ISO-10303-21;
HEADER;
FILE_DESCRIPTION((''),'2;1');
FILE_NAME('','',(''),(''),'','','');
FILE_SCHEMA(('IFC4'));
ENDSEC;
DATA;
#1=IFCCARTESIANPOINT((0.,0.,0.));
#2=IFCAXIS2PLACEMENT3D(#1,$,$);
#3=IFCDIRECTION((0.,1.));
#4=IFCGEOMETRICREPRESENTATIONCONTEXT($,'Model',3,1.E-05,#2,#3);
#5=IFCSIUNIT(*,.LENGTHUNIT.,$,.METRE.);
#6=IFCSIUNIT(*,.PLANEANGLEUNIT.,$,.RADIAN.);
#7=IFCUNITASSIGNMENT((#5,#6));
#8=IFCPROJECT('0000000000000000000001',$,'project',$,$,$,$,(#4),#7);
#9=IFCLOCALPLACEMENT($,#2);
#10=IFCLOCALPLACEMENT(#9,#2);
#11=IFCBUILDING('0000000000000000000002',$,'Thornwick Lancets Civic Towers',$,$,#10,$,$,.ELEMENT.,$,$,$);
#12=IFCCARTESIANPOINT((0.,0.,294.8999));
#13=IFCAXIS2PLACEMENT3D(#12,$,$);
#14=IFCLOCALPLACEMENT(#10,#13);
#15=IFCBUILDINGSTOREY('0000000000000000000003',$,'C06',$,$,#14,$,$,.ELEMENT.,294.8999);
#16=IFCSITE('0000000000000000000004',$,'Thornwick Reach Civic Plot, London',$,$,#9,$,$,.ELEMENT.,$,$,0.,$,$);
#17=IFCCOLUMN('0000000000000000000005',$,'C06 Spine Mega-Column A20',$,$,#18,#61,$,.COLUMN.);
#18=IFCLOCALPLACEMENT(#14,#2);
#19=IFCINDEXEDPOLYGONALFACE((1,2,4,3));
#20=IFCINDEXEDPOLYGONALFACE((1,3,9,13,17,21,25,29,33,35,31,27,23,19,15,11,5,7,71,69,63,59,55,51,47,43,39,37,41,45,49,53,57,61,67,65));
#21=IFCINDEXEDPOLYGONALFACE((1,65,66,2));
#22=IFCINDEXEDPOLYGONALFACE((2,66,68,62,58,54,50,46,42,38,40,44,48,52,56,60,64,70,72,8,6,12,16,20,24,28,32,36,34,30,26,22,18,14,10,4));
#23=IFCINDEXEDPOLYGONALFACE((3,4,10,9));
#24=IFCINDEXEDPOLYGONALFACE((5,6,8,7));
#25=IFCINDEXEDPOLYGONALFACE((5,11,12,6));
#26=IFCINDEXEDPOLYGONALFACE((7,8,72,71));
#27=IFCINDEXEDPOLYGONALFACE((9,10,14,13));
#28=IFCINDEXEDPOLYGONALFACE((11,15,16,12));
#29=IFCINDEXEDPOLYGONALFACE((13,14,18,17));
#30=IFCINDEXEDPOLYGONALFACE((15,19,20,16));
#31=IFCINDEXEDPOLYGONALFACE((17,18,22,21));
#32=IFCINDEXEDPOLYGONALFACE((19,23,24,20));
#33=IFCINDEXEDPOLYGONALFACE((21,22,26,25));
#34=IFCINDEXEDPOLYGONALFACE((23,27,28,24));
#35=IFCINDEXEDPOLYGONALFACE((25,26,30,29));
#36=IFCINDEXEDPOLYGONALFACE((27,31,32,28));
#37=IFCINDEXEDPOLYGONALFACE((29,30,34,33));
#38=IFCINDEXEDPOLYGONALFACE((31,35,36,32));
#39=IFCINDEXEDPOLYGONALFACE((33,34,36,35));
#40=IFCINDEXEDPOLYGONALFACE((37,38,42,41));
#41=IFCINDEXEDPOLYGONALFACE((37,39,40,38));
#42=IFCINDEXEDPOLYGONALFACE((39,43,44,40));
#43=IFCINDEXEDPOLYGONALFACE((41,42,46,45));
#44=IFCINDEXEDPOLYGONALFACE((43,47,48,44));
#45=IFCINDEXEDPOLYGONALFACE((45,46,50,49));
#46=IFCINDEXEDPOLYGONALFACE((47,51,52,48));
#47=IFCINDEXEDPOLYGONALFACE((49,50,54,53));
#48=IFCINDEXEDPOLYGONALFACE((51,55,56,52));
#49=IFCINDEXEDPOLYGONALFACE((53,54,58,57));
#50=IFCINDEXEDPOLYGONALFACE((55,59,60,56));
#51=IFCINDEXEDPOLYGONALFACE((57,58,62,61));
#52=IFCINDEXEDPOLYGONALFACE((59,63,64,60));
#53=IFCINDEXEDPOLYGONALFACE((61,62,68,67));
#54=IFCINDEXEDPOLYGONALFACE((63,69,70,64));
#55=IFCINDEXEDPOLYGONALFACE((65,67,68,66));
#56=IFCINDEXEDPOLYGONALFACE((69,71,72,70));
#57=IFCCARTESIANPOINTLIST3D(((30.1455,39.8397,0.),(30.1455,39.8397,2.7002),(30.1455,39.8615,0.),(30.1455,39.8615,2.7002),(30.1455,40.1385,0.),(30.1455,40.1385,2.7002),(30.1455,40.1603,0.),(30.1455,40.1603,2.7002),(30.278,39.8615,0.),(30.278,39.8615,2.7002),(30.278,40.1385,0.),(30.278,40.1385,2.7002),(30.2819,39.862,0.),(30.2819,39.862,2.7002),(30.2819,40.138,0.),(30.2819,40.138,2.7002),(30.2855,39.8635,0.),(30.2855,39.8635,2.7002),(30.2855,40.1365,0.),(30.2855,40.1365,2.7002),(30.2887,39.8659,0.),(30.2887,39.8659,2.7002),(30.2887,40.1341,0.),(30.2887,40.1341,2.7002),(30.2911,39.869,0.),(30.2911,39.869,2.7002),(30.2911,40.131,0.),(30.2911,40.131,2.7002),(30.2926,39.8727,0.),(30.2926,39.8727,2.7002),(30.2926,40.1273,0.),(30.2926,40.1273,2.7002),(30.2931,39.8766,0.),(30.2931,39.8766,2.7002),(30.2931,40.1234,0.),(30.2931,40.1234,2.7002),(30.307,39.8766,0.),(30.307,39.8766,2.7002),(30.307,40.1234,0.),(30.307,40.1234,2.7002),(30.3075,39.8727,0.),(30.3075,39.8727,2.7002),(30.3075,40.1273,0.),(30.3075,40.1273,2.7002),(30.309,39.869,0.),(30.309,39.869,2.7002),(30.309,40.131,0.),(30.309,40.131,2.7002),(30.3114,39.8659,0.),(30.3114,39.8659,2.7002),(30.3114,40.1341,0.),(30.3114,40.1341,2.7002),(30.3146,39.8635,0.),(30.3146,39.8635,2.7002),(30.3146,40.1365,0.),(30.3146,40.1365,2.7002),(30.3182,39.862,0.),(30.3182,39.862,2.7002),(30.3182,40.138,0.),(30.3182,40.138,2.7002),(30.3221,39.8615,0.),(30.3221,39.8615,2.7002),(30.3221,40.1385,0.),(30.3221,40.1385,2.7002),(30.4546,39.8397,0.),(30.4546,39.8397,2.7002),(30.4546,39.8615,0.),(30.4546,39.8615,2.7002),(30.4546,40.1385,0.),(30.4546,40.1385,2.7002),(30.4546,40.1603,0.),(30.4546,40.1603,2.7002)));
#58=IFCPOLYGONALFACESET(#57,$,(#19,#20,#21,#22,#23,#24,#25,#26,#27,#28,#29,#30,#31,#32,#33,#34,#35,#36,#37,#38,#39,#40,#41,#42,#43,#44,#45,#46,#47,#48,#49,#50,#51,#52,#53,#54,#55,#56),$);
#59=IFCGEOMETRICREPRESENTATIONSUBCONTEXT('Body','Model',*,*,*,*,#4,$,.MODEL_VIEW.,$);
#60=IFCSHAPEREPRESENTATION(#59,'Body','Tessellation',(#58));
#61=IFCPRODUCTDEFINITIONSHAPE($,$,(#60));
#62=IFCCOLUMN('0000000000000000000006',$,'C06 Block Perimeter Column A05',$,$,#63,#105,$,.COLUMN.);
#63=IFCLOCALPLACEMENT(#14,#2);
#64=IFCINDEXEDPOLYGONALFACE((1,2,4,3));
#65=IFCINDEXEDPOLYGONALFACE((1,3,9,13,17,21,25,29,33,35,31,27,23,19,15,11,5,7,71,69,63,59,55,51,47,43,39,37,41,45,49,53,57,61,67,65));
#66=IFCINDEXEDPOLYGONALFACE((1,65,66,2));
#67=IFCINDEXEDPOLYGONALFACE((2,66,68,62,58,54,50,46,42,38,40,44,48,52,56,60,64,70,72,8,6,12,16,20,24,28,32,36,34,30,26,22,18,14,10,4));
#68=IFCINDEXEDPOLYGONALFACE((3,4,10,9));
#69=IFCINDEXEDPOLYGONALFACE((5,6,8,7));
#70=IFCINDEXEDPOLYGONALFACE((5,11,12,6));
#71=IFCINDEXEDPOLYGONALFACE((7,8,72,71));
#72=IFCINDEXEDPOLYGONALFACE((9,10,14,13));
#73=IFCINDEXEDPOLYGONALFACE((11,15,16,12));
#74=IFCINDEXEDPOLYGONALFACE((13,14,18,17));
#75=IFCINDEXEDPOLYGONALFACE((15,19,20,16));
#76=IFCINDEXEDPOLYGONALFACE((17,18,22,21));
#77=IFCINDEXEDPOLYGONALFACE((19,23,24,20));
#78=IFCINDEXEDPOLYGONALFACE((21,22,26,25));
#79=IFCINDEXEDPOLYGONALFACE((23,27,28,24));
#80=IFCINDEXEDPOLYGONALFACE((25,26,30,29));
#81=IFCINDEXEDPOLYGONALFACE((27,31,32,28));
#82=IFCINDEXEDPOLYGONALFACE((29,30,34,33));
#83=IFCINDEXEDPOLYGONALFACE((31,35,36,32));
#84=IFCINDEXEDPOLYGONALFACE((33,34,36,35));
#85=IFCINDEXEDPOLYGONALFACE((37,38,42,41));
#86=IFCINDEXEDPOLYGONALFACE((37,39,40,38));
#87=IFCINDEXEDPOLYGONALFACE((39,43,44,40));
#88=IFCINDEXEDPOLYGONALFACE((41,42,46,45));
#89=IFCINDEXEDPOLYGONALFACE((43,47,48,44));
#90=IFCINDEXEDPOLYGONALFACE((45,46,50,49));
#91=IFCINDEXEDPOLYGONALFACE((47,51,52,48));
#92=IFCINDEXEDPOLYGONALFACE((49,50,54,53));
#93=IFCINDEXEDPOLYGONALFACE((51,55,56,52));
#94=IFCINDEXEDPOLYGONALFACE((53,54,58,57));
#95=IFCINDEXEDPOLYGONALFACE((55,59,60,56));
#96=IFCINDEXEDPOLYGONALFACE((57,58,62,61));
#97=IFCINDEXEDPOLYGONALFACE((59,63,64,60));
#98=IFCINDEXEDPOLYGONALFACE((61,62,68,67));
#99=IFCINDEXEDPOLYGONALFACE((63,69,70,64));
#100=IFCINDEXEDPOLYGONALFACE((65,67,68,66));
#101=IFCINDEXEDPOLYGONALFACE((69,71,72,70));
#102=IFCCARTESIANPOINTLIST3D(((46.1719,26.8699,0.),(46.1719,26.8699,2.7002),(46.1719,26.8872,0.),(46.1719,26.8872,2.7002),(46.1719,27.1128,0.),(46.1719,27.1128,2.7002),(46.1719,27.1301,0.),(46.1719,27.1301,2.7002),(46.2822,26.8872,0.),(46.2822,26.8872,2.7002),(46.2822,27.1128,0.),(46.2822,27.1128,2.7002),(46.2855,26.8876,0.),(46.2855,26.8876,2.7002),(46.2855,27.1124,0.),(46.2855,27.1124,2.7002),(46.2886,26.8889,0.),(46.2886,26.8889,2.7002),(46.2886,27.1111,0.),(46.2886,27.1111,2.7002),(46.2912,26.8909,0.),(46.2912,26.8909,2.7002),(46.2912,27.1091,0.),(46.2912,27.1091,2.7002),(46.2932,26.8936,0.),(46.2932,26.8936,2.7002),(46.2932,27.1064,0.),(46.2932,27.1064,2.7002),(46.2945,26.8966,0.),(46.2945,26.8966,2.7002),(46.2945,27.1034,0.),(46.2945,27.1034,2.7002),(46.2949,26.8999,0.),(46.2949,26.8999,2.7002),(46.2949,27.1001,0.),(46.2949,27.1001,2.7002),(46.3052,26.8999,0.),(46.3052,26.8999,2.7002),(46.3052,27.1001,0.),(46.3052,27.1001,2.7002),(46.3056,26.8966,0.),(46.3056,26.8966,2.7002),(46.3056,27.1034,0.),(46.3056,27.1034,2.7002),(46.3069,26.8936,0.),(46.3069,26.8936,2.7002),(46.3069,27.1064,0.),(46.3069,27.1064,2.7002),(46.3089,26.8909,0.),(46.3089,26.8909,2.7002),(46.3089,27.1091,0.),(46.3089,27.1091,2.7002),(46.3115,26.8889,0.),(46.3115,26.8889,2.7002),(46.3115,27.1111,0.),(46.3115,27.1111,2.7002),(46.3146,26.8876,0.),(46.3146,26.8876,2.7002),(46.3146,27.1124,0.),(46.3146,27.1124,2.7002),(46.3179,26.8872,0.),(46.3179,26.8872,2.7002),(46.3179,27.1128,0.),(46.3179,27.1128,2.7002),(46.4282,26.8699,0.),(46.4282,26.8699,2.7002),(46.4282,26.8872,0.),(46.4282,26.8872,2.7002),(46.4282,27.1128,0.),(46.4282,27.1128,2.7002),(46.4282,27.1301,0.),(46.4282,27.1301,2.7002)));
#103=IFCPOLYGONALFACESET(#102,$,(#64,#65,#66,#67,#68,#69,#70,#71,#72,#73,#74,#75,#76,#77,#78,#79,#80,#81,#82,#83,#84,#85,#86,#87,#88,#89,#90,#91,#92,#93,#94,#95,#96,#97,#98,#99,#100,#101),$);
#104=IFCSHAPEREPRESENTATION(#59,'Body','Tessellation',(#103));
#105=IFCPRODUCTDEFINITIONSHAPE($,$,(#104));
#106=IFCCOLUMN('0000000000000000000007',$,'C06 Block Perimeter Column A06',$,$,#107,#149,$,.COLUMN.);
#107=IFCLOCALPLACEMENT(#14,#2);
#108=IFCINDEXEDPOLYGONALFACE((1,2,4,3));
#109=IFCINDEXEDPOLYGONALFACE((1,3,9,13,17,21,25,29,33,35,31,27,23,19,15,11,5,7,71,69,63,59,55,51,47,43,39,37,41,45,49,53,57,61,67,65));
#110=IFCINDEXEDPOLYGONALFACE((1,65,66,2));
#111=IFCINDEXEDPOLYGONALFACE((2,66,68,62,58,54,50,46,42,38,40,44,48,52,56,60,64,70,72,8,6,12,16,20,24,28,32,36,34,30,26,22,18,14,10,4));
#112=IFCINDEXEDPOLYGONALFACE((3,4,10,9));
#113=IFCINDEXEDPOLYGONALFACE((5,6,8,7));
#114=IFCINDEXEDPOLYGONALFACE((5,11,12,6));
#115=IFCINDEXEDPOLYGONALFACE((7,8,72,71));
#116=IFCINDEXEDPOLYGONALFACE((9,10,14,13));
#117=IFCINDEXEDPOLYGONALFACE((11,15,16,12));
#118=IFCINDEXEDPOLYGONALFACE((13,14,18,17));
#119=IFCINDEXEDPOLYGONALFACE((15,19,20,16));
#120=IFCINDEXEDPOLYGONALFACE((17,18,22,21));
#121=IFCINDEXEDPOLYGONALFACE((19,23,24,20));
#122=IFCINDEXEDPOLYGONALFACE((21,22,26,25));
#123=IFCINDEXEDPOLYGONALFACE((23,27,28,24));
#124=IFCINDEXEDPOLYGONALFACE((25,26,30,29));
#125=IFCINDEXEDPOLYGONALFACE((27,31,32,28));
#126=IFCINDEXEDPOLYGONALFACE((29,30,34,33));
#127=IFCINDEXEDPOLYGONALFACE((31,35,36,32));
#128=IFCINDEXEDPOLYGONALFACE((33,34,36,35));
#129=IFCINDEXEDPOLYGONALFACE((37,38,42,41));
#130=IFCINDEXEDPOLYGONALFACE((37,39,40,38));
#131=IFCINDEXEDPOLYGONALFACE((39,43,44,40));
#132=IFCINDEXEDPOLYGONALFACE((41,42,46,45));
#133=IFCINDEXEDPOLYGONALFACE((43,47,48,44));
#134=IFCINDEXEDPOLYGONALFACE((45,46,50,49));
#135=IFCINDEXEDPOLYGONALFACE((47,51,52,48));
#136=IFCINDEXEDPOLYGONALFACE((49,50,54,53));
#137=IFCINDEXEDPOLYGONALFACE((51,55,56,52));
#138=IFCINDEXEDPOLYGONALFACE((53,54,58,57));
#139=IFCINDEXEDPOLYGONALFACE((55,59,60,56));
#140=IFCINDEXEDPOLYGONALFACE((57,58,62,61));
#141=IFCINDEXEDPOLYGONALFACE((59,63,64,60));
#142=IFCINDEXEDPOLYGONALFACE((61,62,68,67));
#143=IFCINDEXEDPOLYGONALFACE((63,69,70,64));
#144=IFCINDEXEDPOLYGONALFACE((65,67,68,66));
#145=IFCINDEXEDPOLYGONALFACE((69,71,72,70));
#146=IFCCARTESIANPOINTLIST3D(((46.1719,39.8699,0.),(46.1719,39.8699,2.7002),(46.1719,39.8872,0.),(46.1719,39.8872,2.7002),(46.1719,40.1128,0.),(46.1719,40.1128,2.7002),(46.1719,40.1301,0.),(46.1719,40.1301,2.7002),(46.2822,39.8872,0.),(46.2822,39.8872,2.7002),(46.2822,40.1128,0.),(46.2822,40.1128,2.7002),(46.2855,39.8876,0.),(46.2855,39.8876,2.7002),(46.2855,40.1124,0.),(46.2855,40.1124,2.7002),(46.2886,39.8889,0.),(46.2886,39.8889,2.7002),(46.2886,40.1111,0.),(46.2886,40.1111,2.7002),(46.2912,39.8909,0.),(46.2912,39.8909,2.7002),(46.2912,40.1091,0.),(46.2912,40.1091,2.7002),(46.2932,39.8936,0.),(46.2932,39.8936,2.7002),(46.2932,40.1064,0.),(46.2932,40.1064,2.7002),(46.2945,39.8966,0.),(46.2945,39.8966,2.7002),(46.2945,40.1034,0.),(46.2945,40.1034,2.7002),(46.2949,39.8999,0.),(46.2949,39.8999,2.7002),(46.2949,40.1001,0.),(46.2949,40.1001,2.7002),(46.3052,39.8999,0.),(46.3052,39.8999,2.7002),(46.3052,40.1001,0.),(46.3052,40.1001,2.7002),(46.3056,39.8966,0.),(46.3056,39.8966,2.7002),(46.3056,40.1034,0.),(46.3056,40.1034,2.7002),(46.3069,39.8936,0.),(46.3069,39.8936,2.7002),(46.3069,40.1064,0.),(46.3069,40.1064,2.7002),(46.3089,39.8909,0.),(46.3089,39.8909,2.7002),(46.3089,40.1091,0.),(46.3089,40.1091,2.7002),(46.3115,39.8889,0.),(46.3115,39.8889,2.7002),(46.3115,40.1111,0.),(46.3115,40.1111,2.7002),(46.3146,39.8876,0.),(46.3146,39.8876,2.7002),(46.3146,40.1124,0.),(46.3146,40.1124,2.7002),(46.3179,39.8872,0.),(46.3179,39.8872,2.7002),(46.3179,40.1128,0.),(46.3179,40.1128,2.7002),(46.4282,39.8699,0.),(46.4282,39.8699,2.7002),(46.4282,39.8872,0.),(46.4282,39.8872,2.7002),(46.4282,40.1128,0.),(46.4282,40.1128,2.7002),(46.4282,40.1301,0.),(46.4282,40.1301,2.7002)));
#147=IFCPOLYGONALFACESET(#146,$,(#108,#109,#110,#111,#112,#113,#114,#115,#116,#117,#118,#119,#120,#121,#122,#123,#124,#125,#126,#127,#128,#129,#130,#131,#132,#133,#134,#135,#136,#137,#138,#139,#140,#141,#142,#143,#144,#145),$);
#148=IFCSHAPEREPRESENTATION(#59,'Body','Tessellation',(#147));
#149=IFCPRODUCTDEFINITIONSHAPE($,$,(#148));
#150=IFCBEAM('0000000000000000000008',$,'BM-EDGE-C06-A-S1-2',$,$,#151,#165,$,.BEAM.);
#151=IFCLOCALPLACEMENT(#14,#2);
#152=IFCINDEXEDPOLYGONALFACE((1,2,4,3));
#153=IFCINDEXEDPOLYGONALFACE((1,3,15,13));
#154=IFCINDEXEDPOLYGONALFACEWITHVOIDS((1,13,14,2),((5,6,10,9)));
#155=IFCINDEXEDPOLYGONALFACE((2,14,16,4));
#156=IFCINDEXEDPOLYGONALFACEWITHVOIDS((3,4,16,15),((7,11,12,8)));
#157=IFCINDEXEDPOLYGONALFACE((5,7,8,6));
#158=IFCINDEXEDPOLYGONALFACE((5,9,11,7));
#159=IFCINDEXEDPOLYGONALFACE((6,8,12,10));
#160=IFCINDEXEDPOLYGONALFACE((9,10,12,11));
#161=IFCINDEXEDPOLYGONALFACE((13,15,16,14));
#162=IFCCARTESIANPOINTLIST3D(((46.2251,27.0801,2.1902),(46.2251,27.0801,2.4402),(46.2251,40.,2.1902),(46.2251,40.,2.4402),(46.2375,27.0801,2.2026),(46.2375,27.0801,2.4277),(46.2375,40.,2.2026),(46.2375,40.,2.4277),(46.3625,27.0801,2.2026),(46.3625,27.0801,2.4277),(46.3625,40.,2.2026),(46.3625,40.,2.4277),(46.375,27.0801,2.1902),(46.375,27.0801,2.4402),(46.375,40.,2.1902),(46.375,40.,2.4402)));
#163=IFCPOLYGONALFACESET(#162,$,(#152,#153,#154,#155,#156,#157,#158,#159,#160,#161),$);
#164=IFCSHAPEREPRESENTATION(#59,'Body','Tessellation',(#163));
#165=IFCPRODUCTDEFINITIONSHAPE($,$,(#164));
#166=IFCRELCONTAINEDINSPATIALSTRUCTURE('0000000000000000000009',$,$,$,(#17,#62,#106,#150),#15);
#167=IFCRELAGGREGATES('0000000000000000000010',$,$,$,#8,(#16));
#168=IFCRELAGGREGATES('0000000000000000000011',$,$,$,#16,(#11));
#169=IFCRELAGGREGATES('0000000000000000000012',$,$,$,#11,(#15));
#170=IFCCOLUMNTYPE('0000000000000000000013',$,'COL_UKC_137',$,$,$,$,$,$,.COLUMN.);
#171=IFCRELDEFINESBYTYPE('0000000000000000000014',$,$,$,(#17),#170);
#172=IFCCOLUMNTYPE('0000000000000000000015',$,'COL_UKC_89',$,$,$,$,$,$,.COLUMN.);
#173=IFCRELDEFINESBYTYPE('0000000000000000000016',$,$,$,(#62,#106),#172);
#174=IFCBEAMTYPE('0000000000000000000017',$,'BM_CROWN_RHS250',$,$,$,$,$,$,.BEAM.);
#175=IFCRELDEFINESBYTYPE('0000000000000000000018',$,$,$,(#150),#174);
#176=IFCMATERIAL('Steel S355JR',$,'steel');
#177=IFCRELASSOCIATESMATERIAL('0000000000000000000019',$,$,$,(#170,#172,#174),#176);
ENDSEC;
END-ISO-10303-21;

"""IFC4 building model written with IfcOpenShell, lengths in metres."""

from ifc_helpers import new_model, si_unit, direction, frame, origin, origin_2d, place, context, subcontext, project, spatial, hollow_rectangle, i_section, extrude, material, material_profile, profile_set, type_object, element, save


model = new_model("IFC4")

# Units and contexts
model_context = context("Model", 3, precision=1e-05, world=origin(), true_north=direction((0.0, 1.0)))
body_context = subcontext(model_context, "Body", "Model", "MODEL_VIEW")
ifc_project = project(units=[si_unit("LENGTHUNIT", "METRE"), si_unit("PLANEANGLEUNIT", "RADIAN")], contexts=[model_context])

# Site, building, storey
site_placement = place(None, origin())
site = spatial("IfcSite", under=ifc_project, at=site_placement, Name="Thornwick Reach Civic Plot, London", CompositionType="ELEMENT", RefElevation=0.0)
building_placement = place(site_placement, origin())
building = spatial("IfcBuilding", under=site, at=building_placement, Name="Thornwick Lancets Civic Towers", CompositionType="ELEMENT")
storey_placement = place(building_placement, frame((0.0, 0.0, 294.8999)))
storey = spatial("IfcBuildingStorey", under=building, at=storey_placement, Name="C06", CompositionType="ELEMENT", Elevation=294.8999)

# Columns
ifc_material_1 = material(Name="Steel S355JR", Category="steel")
ifc_material_profile_1 = material_profile(ifc_material_1, i_section(OverallWidth=0.3091, OverallDepth=0.3206, WebThickness=0.0139, FlangeThickness=0.0217, FilletRadius=0.0151, at=origin_2d()), Name="UKC 305x305x137")
ifc_profile_set_1 = profile_set([ifc_material_profile_1], Name="Steel S355JR")
column_type_1 = type_object("IfcColumnType", Name="COL_UKC_137", PredefinedType="COLUMN", material=ifc_profile_set_1)
for number, where, z_axis, x_axis, name in (
    (1, (30.3, 40.0, 0.0), (0.0, 0.0, 1.0), (1.0, 0.0, 0.0), "C06 Spine Mega-Column A20"),
):
    element("IfcColumn", number, at=place(storey_placement, frame(where, z_axis=z_axis, x_axis=x_axis)), inside=storey, type_object=column_type_1, Name=name, PredefinedType="COLUMN", context=body_context, shape_type="SweptSolid", body=[
        extrude(i_section(OverallWidth=0.3091, OverallDepth=0.3206, WebThickness=0.0139, FlangeThickness=0.0217, FilletRadius=0.0151, at=origin_2d()), origin(), (0.0, 0.0, 1.0), 2.7002),
    ])
ifc_material_profile_2 = material_profile(ifc_material_1, i_section(OverallWidth=0.2563, OverallDepth=0.2603, WebThickness=0.0103, FlangeThickness=0.0173, FilletRadius=0.0127, at=origin_2d()), Name="UKC 254x254x89")
ifc_profile_set_2 = profile_set([ifc_material_profile_2], Name="Steel S355JR")
column_type_2 = type_object("IfcColumnType", Name="COL_UKC_89", PredefinedType="COLUMN", material=ifc_profile_set_2)
for number, where, z_axis, x_axis, name in (
    (2, (46.3, 27.0, 0.0), (0.0, 0.0, 1.0), (1.0, 0.0, 0.0), "C06 Block Perimeter Column A05"),
    (3, (46.3, 40.0, 0.0), (0.0, 0.0, 1.0), (1.0, 0.0, 0.0), "C06 Block Perimeter Column A06"),
):
    element("IfcColumn", number, at=place(storey_placement, frame(where, z_axis=z_axis, x_axis=x_axis)), inside=storey, type_object=column_type_2, Name=name, PredefinedType="COLUMN", context=body_context, shape_type="SweptSolid", body=[
        extrude(i_section(OverallWidth=0.2563, OverallDepth=0.2603, WebThickness=0.0103, FlangeThickness=0.0173, FilletRadius=0.0127, at=origin_2d()), origin(), (0.0, 0.0, 1.0), 2.7002),
    ])

# Beam
ifc_material_profile_3 = material_profile(ifc_material_1, hollow_rectangle(XDim=0.1499, YDim=0.25, WallThickness=0.0125, at=origin_2d()), Name="RHS 250x150x12.5")
ifc_profile_set_3 = profile_set([ifc_material_profile_3], Name="Steel S355JR")
beam_type_1 = type_object("IfcBeamType", Name="BM_CROWN_RHS250", PredefinedType="BEAM", material=ifc_profile_set_3)
beam_1_placement = place(storey_placement, frame((46.3, 27.0801, 2.3152), z_axis=(0.0, 1.0, 0.0), x_axis=(-1.0, 0.0, 0.0)))
element("IfcBeam", 4, at=beam_1_placement, inside=storey, type_object=beam_type_1, Name="BM-EDGE-C06-A-S1-2", PredefinedType="BEAM", context=body_context, shape_type="SweptSolid", body=[
    extrude(hollow_rectangle(XDim=0.1499, YDim=0.25, WallThickness=0.0125, at=origin_2d()), origin(), (0.0, 0.0, 1.0), 12.9199),
])

save(model, "model.ifc")
